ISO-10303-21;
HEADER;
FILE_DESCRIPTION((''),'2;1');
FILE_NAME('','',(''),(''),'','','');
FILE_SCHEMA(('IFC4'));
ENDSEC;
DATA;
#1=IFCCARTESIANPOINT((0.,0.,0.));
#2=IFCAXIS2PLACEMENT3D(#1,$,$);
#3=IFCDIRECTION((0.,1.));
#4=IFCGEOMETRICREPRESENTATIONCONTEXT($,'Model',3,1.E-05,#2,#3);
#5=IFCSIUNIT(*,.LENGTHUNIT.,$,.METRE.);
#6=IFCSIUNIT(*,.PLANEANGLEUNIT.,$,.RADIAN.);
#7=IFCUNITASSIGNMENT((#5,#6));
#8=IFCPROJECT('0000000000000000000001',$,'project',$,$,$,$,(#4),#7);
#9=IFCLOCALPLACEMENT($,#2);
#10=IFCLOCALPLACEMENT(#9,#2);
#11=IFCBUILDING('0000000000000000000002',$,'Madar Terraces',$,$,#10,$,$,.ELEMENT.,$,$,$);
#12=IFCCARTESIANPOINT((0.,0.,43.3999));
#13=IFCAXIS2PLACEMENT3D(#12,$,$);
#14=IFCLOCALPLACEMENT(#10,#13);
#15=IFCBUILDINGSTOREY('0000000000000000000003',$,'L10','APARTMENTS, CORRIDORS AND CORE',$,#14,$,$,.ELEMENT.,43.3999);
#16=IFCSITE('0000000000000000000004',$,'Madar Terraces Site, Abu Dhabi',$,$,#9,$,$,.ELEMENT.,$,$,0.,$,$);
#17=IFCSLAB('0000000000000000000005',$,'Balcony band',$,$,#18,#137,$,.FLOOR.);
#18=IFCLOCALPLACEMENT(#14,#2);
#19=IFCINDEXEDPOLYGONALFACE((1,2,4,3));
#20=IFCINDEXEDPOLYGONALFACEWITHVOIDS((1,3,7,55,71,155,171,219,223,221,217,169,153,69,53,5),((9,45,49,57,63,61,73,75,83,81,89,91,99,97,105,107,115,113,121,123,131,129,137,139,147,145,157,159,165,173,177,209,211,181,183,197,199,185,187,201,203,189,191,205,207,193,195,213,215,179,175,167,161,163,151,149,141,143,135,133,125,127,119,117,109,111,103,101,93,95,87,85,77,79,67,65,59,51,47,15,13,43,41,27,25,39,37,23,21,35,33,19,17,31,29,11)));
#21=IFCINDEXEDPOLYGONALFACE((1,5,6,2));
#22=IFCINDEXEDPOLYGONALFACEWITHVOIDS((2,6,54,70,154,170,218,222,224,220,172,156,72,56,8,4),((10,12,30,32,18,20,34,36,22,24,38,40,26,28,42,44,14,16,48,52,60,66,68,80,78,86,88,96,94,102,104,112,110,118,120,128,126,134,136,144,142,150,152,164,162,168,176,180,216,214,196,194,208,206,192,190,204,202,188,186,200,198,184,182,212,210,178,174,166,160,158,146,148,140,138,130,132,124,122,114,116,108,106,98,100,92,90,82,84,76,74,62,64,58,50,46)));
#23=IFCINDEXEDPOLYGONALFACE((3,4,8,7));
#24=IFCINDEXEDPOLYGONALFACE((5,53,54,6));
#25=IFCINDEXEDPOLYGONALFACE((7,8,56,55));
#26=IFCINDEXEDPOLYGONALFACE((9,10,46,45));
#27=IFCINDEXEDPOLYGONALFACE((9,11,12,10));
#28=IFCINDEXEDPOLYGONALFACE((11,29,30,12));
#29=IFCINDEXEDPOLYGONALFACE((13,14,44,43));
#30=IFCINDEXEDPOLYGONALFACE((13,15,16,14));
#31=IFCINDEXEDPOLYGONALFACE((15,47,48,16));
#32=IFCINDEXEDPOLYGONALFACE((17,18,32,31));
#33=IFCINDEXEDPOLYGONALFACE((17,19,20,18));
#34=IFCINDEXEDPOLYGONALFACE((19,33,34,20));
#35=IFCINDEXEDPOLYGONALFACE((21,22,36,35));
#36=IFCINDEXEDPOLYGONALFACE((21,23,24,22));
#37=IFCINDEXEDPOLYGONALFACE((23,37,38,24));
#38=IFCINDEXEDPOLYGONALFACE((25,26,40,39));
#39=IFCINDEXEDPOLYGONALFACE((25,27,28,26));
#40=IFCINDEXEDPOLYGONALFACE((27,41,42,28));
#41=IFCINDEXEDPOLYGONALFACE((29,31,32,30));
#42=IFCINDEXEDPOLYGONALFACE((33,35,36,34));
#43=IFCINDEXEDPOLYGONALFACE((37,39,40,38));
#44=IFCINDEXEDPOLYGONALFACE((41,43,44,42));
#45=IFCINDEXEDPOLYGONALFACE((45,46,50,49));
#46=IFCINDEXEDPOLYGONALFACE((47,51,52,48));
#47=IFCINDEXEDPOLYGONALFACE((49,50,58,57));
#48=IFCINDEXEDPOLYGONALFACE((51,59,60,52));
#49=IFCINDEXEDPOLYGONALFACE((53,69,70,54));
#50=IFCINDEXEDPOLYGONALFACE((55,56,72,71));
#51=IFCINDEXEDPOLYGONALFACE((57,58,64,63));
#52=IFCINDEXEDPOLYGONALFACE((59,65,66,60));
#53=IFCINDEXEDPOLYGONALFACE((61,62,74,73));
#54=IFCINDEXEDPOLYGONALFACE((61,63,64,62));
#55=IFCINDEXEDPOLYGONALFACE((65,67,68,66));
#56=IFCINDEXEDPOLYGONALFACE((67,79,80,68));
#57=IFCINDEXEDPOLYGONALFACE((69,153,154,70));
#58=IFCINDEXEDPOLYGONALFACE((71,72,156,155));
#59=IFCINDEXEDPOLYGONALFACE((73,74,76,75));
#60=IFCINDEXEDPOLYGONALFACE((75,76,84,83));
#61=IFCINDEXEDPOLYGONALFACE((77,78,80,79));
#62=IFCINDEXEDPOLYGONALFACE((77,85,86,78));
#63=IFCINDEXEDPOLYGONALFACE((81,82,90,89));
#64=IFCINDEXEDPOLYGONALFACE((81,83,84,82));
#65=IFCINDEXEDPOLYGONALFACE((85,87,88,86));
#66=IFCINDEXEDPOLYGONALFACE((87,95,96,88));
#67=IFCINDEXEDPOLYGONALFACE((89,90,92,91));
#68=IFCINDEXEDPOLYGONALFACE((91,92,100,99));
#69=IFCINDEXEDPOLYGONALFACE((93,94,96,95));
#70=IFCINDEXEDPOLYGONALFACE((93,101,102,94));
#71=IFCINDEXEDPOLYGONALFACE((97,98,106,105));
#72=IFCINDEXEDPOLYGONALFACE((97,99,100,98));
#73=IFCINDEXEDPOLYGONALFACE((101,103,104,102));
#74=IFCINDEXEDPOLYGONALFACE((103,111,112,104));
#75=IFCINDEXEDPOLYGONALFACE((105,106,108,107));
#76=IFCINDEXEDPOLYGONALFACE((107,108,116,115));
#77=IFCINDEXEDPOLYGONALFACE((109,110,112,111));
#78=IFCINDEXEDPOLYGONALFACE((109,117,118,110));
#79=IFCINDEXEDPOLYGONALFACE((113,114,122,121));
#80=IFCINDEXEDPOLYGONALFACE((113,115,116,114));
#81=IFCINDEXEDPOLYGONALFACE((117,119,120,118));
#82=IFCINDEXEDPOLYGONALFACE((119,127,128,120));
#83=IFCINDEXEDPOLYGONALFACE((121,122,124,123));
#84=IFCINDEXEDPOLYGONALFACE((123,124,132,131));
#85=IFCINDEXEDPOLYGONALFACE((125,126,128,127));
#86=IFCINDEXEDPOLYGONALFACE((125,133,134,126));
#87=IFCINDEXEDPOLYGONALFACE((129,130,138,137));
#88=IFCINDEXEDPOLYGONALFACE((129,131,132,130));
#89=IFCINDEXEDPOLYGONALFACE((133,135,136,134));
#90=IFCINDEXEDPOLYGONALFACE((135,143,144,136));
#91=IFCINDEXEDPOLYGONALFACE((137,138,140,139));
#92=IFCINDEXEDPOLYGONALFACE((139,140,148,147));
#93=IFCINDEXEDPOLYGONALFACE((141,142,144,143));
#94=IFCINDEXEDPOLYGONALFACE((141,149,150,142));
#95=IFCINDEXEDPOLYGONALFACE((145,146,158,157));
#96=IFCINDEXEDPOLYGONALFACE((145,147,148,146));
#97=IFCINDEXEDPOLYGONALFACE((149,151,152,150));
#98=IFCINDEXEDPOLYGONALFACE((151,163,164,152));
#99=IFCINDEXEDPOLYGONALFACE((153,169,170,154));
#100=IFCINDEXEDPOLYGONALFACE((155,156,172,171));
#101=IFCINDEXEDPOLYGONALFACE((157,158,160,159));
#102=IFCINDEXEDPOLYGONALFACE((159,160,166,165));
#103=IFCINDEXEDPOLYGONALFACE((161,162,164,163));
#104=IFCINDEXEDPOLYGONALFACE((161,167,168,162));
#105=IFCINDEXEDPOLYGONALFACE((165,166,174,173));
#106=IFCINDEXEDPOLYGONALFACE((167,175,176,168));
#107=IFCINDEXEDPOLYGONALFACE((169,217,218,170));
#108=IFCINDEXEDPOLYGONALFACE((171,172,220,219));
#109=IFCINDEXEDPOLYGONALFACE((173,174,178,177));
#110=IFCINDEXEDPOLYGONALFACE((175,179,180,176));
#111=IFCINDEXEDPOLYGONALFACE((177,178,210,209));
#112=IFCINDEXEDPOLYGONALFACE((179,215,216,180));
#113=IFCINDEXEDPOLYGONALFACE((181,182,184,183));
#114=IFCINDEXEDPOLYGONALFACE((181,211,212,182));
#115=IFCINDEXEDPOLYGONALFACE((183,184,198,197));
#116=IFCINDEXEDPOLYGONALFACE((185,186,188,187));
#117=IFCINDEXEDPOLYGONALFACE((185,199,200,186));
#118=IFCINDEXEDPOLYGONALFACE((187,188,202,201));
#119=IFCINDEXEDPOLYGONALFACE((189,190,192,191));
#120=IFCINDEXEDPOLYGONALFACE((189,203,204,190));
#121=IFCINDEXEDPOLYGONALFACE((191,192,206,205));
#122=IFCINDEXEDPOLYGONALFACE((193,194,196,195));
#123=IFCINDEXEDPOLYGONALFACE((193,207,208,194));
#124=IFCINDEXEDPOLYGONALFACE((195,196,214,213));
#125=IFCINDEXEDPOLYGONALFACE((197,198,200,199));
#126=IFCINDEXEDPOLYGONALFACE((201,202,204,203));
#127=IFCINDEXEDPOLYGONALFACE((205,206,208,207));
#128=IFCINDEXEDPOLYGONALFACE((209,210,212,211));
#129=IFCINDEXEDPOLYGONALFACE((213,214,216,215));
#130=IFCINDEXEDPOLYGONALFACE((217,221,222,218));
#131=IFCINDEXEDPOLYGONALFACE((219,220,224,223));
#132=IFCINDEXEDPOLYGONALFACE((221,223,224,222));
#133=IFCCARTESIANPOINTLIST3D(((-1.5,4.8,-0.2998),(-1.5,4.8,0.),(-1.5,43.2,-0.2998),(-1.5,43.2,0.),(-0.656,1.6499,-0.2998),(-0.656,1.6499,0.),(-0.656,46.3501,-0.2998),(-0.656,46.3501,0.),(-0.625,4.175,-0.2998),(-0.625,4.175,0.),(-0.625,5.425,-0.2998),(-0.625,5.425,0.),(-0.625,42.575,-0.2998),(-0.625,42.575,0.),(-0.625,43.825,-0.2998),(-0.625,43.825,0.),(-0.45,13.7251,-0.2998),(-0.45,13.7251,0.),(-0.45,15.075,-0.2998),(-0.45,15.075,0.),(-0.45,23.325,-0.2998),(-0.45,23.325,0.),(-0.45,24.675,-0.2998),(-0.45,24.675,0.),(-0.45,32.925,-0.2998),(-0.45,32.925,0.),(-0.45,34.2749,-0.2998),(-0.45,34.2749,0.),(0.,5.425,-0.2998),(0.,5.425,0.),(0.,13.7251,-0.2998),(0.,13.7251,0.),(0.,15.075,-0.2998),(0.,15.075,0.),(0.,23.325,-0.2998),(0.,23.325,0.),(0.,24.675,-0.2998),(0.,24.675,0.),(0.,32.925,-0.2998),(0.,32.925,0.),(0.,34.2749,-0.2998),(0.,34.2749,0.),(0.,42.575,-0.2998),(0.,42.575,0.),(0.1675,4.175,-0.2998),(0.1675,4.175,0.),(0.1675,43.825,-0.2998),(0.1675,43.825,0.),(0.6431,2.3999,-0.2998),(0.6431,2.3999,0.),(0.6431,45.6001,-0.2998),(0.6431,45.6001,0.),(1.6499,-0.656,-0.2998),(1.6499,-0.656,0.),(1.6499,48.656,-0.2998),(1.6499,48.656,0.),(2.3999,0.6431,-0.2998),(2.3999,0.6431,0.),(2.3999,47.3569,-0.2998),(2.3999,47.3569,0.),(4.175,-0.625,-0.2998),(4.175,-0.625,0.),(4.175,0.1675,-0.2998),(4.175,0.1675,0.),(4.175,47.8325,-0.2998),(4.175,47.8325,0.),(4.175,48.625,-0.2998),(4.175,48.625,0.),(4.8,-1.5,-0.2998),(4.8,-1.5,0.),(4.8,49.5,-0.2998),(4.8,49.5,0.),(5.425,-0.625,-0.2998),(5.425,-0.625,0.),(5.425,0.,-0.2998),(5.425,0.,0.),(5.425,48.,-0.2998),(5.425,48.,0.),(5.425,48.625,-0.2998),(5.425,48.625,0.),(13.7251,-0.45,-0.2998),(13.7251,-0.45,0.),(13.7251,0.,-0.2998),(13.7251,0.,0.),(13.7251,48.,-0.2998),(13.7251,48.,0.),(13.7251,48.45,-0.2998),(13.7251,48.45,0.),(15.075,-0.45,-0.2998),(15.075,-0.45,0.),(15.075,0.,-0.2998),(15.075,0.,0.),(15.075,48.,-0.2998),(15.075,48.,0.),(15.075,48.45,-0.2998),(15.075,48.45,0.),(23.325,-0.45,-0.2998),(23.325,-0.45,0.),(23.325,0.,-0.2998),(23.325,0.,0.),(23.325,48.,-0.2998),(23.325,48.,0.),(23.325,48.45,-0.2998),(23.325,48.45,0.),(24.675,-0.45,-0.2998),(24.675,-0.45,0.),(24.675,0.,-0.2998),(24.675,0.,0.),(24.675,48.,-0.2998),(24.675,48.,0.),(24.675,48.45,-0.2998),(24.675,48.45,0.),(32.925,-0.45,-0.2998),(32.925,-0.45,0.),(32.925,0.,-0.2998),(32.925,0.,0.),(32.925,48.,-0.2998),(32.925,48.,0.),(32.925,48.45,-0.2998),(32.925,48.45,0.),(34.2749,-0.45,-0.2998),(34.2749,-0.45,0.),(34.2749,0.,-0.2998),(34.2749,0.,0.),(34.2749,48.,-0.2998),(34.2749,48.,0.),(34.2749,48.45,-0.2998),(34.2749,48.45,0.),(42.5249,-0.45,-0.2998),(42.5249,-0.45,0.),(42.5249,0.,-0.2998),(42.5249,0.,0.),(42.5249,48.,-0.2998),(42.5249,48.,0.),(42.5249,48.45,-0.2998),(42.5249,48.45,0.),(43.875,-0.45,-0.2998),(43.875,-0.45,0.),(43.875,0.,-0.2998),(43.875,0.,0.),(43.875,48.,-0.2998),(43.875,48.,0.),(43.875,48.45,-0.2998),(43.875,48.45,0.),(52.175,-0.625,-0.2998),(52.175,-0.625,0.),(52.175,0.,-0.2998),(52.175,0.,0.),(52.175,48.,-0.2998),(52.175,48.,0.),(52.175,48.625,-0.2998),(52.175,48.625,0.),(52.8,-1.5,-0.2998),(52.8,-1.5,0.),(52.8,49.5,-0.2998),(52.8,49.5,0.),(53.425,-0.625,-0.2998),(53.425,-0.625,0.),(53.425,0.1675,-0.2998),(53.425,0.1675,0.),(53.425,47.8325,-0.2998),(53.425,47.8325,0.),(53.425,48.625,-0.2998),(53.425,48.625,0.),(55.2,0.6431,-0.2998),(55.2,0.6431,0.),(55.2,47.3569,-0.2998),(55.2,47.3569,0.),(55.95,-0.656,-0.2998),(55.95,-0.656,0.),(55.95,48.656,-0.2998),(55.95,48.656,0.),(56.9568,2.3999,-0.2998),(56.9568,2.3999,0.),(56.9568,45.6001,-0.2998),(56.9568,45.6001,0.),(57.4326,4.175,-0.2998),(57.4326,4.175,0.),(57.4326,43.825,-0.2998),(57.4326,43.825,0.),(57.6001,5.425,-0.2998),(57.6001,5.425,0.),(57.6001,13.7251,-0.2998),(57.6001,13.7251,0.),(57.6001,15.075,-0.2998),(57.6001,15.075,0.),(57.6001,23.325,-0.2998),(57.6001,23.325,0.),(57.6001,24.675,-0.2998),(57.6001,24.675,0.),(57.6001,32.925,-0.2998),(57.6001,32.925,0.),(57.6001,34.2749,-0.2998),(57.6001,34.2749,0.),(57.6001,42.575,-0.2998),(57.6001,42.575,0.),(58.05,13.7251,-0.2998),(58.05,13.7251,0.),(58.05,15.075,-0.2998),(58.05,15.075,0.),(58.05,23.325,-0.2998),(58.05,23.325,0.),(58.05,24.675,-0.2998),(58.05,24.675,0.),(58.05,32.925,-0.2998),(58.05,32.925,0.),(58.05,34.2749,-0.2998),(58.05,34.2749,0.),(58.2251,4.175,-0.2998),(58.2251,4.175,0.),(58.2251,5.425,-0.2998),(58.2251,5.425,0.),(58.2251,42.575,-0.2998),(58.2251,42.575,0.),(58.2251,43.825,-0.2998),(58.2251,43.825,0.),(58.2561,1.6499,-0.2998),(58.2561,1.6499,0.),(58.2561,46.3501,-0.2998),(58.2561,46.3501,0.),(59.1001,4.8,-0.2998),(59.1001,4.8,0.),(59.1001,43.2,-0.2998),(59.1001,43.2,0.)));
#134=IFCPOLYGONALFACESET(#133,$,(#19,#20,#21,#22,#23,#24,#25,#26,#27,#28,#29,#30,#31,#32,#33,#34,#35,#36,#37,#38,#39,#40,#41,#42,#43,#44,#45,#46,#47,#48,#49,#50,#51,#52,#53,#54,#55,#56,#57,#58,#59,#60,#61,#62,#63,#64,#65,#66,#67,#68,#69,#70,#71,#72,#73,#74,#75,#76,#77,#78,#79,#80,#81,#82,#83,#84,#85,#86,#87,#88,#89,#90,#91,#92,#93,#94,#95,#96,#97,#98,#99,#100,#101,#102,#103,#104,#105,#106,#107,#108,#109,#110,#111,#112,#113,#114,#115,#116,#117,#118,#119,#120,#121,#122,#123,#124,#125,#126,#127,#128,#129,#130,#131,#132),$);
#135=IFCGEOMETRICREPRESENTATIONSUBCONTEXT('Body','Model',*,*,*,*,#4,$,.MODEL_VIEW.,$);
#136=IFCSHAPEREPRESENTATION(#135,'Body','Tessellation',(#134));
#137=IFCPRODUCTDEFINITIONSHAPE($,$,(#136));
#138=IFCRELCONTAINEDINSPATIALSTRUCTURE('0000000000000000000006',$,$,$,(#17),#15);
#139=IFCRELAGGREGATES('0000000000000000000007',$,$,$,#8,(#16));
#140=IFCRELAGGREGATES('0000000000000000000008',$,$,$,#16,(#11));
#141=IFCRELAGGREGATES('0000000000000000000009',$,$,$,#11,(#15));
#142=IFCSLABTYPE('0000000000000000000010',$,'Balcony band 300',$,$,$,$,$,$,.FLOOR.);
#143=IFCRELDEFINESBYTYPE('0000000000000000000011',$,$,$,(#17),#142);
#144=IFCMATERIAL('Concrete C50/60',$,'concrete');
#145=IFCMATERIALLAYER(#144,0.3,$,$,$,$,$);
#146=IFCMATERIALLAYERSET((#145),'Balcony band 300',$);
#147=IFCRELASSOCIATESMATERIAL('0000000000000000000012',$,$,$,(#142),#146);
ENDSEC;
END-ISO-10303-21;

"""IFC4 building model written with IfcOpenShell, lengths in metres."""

from ifc_helpers import new_model, si_unit, direction, frame, origin, place, context, subcontext, project, spatial, polyline, outline, extrude, material, layer, layer_set, type_object, element, save


model = new_model("IFC4")

# Units and contexts
model_context = context("Model", 3, precision=1e-05, world=origin(), true_north=direction((0.0, 1.0)))
body_context = subcontext(model_context, "Body", "Model", "MODEL_VIEW")
ifc_project = project(units=[si_unit("LENGTHUNIT", "METRE"), si_unit("PLANEANGLEUNIT", "RADIAN")], contexts=[model_context])

# Site, building, storey
site_placement = place(None, origin())
site = spatial("IfcSite", under=ifc_project, at=site_placement, Name="Madar Terraces Site, Abu Dhabi", CompositionType="ELEMENT", RefElevation=0.0)
building_placement = place(site_placement, origin())
building = spatial("IfcBuilding", under=site, at=building_placement, Name="Madar Terraces", CompositionType="ELEMENT")
storey_placement = place(building_placement, frame((0.0, 0.0, 43.3999)))
storey = spatial("IfcBuildingStorey", under=building, at=storey_placement, Name="L10", Description="APARTMENTS, CORRIDORS AND CORE", CompositionType="ELEMENT", Elevation=43.3999)

# Slab
ifc_material_1 = material(Name="Concrete C50/60", Category="concrete")
ifc_layer_1 = layer(ifc_material_1, 0.3)
ifc_layer_set_1 = layer_set([ifc_layer_1], Name="Balcony band 300")
slab_type_1 = type_object("IfcSlabType", Name="Balcony band 300", PredefinedType="FLOOR", material=ifc_layer_set_1)
slab_1_placement = place(storey_placement, frame((0.0, 0.0, -0.2998)))
element("IfcSlab", 1, at=slab_1_placement, inside=storey, type_object=slab_type_1, Name="Balcony band", PredefinedType="FLOOR", context=body_context, shape_type="SweptSolid", body=[
    extrude(outline(polyline([(4.8, -1.5), (1.6499, -0.656), (-0.656, 1.6499), (-1.5, 4.8), (-1.5, 43.2), (-0.656, 46.3501), (1.6499, 48.656), (4.8, 49.5), (52.8, 49.5), (55.95, 48.656), (58.2561, 46.3501), (59.1001, 43.2), (59.1001, 4.8), (58.2561, 1.6499), (55.95, -0.656), (52.8, -1.5), (4.8, -1.5)]), holes=[polyline([(5.425, -0.625), (5.425, 0.0), (13.7251, 0.0), (13.7251, -0.45), (15.075, -0.45), (15.075, 0.0), (23.325, 0.0), (23.325, -0.45), (24.675, -0.45), (24.675, 0.0), (32.925, 0.0), (32.925, -0.45), (34.2749, -0.45), (34.2749, 0.0), (42.5249, 0.0), (42.5249, -0.45), (43.875, -0.45), (43.875, 0.0), (52.175, 0.0), (52.175, -0.625), (53.425, -0.625), (53.425, 0.1675), (55.2, 0.6431), (56.9568, 2.3999), (57.4326, 4.175), (58.2251, 4.175), (58.2251, 5.425), (57.6001, 5.425), (57.6001, 13.7251), (58.05, 13.7251), (58.05, 15.075), (57.6001, 15.075), (57.6001, 23.325), (58.05, 23.325), (58.05, 24.675), (57.6001, 24.675), (57.6001, 32.925), (58.05, 32.925), (58.05, 34.2749), (57.6001, 34.2749), (57.6001, 42.575), (58.2251, 42.575), (58.2251, 43.825), (57.4326, 43.825), (56.9568, 45.6001), (55.2, 47.3569), (53.425, 47.8325), (53.425, 48.625), (52.175, 48.625), (52.175, 48.0), (43.875, 48.0), (43.875, 48.45), (42.5249, 48.45), (42.5249, 48.0), (34.2749, 48.0), (34.2749, 48.45), (32.925, 48.45), (32.925, 48.0), (24.675, 48.0), (24.675, 48.45), (23.325, 48.45), (23.325, 48.0), (15.075, 48.0), (15.075, 48.45), (13.7251, 48.45), (13.7251, 48.0), (5.425, 48.0), (5.425, 48.625), (4.175, 48.625), (4.175, 47.8325), (2.3999, 47.3569), (0.6431, 45.6001), (0.1675, 43.825), (-0.625, 43.825), (-0.625, 42.575), (0.0, 42.575), (0.0, 34.2749), (-0.45, 34.2749), (-0.45, 32.925), (0.0, 32.925), (0.0, 24.675), (-0.45, 24.675), (-0.45, 23.325), (0.0, 23.325), (0.0, 15.075), (-0.45, 15.075), (-0.45, 13.7251), (0.0, 13.7251), (0.0, 5.425), (-0.625, 5.425), (-0.625, 4.175), (0.1675, 4.175), (0.6431, 2.3999), (2.3999, 0.6431), (4.175, 0.1675), (4.175, -0.625), (5.425, -0.625)])]), origin(), (0.0, 0.0, 1.0), 0.2998),
])

save(model, "model.ifc")
